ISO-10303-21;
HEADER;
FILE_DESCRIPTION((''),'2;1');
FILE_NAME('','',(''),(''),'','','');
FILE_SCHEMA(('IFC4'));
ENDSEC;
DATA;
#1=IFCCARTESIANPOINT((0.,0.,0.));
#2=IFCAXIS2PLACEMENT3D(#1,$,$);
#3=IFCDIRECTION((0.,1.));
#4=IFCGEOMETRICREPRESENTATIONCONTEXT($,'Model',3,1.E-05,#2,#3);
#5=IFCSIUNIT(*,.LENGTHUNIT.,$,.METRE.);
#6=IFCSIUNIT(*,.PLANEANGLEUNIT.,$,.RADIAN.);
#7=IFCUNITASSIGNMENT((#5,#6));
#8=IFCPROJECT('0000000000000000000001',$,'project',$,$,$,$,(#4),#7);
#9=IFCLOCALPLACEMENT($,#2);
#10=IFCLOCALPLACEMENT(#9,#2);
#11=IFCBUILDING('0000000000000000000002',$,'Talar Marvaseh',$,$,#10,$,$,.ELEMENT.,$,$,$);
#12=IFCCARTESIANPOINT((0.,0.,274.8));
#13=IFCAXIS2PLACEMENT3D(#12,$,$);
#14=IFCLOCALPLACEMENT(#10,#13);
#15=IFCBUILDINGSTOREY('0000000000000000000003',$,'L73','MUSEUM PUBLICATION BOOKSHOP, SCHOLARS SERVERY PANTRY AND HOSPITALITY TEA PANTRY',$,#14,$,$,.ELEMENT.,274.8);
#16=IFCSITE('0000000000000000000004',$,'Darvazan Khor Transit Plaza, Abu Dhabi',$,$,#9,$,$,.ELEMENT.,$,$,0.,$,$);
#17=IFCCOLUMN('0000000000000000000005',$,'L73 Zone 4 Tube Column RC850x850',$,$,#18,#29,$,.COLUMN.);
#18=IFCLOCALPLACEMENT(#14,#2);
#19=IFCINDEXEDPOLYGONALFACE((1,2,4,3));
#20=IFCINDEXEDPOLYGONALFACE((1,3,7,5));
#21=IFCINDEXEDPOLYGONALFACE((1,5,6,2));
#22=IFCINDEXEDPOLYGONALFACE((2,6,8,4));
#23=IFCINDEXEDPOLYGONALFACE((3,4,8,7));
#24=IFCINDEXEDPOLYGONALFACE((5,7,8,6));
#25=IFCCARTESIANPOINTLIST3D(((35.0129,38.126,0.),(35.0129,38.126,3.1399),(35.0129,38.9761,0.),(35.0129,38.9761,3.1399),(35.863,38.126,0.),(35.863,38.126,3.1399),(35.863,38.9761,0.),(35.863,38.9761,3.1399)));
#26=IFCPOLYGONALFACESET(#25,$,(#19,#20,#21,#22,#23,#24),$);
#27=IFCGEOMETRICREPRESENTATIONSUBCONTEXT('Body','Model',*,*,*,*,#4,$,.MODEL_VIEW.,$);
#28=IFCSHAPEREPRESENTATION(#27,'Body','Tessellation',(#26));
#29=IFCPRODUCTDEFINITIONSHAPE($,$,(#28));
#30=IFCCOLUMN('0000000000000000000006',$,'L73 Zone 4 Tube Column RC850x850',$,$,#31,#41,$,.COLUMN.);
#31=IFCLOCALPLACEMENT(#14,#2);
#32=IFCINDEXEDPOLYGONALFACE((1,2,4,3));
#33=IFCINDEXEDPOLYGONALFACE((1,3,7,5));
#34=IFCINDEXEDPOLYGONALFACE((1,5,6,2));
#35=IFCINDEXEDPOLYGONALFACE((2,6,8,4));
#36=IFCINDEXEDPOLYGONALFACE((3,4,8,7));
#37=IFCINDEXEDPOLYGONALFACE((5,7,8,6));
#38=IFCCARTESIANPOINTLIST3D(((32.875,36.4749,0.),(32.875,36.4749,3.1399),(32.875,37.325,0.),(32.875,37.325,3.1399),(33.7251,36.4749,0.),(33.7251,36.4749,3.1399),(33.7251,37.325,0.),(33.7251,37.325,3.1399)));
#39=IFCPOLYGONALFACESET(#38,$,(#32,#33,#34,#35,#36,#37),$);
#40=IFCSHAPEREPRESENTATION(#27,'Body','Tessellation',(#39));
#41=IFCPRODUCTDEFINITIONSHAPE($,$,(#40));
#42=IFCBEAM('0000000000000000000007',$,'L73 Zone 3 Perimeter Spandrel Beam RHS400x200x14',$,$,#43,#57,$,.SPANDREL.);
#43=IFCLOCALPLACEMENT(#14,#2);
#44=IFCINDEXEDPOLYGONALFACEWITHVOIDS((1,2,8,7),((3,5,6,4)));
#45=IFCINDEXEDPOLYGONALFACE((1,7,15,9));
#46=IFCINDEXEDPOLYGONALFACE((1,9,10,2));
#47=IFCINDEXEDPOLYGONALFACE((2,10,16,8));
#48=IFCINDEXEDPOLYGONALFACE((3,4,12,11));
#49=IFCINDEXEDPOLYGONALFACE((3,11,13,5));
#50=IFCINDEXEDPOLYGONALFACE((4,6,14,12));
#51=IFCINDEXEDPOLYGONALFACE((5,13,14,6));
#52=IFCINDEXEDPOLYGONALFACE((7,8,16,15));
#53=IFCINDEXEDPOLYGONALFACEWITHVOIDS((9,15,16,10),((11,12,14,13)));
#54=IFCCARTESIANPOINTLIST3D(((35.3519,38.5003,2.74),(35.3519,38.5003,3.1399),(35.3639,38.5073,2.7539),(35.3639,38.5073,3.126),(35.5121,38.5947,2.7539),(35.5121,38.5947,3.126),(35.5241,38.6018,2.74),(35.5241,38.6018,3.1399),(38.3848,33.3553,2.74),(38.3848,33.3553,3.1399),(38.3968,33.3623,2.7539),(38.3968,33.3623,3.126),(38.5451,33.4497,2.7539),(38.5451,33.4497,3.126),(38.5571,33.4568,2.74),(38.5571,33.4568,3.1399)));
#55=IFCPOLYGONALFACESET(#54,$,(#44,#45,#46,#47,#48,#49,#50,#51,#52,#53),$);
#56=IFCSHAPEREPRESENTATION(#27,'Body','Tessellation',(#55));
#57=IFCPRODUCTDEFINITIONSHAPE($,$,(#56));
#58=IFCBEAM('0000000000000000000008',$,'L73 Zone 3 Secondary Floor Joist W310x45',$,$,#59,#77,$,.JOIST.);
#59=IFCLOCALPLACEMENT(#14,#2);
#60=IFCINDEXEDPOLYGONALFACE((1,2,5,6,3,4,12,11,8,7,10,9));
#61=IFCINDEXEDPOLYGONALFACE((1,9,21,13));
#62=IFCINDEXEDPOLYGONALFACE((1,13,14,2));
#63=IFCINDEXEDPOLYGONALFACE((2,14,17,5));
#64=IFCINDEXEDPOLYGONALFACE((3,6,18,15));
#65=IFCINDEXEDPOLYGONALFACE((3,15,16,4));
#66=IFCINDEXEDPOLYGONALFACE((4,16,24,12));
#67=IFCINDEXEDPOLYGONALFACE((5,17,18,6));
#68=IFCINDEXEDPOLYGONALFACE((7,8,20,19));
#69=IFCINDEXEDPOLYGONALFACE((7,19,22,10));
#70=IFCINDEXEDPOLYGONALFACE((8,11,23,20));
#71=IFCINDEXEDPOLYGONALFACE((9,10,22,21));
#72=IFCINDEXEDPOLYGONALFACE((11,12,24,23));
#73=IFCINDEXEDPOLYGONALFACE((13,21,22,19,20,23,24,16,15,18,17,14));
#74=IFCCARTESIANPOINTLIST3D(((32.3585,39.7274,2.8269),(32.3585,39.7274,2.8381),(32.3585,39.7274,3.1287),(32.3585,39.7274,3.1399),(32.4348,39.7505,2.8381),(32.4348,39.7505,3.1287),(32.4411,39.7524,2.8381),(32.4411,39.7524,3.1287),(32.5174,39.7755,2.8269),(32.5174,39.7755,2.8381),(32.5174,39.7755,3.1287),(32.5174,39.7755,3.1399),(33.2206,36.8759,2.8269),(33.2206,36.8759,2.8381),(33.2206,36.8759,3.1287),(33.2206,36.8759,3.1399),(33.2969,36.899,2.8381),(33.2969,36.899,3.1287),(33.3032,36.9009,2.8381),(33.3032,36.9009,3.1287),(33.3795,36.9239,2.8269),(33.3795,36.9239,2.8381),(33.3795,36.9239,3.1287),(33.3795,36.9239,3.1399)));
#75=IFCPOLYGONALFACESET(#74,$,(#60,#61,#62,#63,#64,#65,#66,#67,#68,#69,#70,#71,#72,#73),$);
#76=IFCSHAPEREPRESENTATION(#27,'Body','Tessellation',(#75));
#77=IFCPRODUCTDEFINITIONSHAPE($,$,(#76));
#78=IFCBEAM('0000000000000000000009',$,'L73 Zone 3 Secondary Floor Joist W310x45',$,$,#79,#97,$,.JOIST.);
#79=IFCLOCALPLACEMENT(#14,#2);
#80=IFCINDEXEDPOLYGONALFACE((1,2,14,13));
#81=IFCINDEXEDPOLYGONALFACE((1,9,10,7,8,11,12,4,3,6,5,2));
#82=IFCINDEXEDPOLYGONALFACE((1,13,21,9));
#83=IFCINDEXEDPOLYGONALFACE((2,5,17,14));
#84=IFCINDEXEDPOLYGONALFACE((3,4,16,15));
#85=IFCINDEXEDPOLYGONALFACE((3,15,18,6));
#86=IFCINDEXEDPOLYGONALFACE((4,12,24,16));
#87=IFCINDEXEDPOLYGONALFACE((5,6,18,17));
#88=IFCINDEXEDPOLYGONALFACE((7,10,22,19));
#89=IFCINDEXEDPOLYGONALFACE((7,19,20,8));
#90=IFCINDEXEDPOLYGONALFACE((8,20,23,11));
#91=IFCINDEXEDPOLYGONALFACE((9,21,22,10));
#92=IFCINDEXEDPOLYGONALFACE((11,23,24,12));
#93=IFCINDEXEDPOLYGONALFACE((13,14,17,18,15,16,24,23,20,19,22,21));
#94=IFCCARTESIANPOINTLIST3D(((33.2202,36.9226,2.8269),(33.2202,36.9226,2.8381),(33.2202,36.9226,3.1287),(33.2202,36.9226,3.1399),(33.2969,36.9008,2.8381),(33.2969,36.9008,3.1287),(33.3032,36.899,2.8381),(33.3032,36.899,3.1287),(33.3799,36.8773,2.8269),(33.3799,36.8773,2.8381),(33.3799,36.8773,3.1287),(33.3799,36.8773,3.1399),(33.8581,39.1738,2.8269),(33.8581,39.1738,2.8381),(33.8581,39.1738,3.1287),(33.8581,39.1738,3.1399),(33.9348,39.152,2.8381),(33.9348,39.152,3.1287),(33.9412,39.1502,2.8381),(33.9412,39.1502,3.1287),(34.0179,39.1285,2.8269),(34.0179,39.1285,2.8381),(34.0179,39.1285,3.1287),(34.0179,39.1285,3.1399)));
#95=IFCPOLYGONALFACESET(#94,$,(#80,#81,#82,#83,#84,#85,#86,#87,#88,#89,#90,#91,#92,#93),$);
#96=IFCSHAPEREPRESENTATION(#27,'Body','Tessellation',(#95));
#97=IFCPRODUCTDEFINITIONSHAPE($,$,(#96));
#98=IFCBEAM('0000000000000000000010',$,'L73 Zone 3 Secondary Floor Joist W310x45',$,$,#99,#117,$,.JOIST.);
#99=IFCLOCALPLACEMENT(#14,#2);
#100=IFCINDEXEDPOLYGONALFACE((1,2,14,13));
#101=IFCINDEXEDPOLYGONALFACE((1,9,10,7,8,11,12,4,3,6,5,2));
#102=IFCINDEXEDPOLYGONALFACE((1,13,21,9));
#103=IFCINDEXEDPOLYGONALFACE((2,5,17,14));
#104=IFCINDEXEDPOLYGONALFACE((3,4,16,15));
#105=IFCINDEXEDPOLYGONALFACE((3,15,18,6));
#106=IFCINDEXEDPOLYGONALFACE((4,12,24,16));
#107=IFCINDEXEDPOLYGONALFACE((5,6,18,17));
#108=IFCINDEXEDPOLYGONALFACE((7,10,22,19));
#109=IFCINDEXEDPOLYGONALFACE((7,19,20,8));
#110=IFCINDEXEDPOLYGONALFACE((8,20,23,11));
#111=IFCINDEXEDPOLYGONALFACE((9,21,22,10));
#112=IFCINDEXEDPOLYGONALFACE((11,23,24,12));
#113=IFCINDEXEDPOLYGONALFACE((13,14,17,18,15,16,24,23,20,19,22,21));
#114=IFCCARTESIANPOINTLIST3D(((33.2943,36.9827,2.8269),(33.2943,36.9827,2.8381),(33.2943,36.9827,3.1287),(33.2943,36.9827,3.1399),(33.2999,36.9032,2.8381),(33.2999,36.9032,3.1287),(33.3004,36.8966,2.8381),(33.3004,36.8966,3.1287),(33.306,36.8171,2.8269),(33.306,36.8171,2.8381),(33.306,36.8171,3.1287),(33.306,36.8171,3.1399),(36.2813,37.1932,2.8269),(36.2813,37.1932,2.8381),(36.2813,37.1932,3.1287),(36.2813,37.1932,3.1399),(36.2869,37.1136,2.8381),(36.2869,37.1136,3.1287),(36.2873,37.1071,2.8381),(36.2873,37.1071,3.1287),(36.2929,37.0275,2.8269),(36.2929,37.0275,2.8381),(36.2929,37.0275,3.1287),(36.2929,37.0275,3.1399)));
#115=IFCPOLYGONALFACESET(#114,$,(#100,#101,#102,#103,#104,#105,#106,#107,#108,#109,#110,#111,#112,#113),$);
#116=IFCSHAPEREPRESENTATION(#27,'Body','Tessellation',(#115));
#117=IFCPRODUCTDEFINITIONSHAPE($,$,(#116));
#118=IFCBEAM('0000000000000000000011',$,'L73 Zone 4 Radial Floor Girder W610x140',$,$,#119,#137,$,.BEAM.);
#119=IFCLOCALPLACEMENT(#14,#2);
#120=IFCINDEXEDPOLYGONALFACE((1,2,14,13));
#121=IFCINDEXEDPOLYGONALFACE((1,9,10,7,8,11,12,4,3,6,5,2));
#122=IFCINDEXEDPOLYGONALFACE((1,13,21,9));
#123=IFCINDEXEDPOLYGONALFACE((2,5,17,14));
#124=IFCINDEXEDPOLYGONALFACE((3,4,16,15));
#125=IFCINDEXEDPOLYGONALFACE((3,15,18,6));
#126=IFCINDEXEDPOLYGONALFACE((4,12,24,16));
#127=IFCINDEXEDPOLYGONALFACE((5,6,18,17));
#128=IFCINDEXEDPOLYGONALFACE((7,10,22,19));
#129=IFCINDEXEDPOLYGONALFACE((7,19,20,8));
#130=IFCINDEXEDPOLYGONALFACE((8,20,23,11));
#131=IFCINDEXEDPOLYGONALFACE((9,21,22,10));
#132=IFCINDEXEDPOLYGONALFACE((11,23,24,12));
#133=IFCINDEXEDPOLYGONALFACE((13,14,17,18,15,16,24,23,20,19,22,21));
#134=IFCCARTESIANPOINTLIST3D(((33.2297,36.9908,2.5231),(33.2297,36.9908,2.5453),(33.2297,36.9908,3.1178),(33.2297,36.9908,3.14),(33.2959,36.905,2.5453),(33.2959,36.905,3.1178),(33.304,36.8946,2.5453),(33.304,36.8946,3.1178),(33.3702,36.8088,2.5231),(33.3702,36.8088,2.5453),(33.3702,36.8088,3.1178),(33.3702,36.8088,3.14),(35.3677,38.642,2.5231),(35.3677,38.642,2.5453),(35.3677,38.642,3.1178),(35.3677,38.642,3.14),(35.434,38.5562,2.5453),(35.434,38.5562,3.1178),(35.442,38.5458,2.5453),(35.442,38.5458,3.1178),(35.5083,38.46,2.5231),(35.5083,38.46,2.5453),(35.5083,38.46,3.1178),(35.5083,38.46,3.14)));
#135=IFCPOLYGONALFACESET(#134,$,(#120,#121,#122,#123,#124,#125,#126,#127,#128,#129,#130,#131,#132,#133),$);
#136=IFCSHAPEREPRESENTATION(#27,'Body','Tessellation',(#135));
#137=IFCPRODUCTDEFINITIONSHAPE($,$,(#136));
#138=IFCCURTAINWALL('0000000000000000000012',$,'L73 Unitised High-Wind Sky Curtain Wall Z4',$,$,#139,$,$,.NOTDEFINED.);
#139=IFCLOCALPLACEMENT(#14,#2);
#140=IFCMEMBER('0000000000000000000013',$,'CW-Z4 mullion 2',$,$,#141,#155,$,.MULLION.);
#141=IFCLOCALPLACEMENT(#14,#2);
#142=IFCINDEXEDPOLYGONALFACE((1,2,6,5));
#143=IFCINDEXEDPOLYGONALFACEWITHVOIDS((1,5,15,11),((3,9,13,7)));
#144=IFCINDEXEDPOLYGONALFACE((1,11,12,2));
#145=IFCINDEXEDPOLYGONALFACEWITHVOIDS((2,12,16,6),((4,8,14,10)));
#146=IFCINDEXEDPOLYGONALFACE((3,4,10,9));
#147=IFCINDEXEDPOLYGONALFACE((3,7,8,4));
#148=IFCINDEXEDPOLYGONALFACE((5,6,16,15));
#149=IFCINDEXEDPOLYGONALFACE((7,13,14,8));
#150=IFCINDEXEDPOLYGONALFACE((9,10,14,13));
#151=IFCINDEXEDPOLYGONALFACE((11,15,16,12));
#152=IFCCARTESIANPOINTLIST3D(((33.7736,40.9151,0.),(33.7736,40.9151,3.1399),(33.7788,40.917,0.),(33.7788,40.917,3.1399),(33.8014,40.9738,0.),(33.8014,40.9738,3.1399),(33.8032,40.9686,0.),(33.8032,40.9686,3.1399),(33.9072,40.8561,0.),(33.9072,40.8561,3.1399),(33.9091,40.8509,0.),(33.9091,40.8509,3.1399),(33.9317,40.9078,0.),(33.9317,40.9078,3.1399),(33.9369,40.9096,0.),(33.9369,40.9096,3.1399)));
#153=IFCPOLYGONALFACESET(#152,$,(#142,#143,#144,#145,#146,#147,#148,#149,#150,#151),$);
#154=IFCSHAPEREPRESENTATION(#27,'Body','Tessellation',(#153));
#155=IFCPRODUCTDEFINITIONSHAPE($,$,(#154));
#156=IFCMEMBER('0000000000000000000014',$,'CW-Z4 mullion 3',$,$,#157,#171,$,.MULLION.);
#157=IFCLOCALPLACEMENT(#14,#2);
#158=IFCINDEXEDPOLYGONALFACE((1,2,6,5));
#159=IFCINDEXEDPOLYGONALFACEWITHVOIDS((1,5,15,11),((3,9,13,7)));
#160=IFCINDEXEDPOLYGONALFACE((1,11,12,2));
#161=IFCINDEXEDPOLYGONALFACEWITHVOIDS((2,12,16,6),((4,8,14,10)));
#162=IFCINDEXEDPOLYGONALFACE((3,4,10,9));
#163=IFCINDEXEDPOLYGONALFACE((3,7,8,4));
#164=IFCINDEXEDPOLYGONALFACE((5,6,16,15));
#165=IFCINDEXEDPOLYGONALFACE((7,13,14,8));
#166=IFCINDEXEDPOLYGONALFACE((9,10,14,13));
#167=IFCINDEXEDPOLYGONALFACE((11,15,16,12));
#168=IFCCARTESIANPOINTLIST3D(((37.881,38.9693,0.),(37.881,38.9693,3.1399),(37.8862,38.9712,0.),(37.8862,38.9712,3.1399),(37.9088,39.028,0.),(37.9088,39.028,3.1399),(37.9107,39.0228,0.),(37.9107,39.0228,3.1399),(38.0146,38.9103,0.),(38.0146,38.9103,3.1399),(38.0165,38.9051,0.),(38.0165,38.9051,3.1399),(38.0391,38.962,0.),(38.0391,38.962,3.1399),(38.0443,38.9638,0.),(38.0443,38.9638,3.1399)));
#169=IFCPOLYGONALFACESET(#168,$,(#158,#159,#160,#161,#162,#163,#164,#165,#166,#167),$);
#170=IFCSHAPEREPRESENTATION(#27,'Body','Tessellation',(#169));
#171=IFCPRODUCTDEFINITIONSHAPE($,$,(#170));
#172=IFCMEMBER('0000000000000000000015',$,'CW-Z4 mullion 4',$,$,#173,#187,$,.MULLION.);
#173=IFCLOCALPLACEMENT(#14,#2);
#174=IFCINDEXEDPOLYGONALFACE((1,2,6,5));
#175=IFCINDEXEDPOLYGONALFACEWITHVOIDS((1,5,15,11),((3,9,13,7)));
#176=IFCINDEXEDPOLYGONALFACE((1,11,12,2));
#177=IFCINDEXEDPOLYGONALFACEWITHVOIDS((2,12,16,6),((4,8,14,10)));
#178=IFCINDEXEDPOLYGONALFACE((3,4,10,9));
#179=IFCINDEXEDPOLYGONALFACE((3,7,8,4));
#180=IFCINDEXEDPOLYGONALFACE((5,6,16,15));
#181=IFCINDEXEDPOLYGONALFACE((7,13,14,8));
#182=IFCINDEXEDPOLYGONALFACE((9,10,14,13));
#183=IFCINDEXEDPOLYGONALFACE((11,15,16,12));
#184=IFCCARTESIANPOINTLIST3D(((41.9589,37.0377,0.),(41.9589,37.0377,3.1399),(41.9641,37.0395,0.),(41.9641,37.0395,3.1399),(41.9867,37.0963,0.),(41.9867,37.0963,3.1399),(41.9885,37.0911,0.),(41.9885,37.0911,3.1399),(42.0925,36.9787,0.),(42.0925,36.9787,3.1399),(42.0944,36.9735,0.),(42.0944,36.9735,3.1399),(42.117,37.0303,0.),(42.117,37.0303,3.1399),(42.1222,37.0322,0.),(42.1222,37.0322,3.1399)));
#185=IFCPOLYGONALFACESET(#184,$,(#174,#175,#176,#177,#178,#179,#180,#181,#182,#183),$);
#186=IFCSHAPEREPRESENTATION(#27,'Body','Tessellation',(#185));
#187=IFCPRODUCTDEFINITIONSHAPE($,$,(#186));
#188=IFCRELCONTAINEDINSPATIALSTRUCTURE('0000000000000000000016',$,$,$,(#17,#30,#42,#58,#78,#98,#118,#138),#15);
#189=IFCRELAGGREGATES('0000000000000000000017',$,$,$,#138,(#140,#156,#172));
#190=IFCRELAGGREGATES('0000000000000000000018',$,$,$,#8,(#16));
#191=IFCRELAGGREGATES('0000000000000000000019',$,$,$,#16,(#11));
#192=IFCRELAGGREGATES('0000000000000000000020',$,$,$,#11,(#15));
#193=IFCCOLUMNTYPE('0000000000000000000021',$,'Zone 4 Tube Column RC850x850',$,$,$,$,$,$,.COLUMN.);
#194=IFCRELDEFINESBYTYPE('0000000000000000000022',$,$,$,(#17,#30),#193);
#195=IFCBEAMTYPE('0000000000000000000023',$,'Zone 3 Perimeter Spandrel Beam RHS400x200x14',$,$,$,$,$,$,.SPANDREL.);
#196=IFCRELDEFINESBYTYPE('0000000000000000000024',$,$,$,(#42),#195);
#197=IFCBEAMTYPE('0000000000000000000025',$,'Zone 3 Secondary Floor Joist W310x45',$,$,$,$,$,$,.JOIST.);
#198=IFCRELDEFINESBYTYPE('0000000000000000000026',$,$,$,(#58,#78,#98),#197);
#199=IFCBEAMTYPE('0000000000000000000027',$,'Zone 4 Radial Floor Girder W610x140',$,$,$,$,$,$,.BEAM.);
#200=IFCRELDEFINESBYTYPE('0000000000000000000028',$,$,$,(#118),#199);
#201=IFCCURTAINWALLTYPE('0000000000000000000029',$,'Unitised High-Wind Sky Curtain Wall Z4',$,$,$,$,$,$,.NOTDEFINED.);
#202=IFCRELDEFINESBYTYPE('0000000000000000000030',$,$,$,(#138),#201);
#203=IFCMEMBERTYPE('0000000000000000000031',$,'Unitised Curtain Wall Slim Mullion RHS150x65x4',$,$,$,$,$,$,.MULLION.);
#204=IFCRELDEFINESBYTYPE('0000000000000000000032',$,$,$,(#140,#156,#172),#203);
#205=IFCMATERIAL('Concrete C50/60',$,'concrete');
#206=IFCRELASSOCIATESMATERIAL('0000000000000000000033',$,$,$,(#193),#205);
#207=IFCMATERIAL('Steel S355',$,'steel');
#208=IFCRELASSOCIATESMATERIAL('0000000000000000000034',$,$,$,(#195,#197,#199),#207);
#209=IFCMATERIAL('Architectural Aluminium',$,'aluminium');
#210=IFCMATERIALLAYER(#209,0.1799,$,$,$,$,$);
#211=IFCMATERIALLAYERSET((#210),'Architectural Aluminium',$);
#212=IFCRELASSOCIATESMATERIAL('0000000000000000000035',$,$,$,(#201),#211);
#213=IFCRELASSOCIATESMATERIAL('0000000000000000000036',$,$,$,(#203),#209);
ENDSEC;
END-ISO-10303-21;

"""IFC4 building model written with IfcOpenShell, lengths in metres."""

from ifc_helpers import new_model, si_unit, direction, frame, origin, origin_2d, place, context, subcontext, project, spatial, rectangle, hollow_rectangle, i_section, extrude, source, transform, mapped, material, layer, layer_set, material_profile, profile_set, type_object, type_shapes, element, aggregate, save


model = new_model("IFC4")

# Units and contexts
model_context = context("Model", 3, precision=1e-05, world=origin(), true_north=direction((0.0, 1.0)))
body_context = subcontext(model_context, "Body", "Model", "MODEL_VIEW")
ifc_project = project(units=[si_unit("LENGTHUNIT", "METRE"), si_unit("PLANEANGLEUNIT", "RADIAN")], contexts=[model_context])

# Site, building, storey
site_placement = place(None, origin())
site = spatial("IfcSite", under=ifc_project, at=site_placement, Name="Darvazan Khor Transit Plaza, Abu Dhabi", CompositionType="ELEMENT", RefElevation=0.0)
building_placement = place(site_placement, origin())
building = spatial("IfcBuilding", under=site, at=building_placement, Name="Talar Marvaseh", CompositionType="ELEMENT")
storey_placement = place(building_placement, frame((0.0, 0.0, 274.8)))
storey = spatial("IfcBuildingStorey", under=building, at=storey_placement, Name="L73", Description="MUSEUM PUBLICATION BOOKSHOP, SCHOLARS SERVERY PANTRY AND HOSPITALITY TEA PANTRY", CompositionType="ELEMENT", Elevation=274.8)

# Columns
ifc_material_1 = material(Name="Concrete C50/60", Category="concrete")
ifc_material_profile_1 = material_profile(ifc_material_1, rectangle(XDim=0.8501, YDim=0.8501, at=origin_2d()), Name="RC850x850")
ifc_profile_set_1 = profile_set([ifc_material_profile_1], Name="Concrete C50/60")
column_type = type_object("IfcColumnType", Name="Zone 4 Tube Column RC850x850", PredefinedType="COLUMN", material=ifc_profile_set_1)
for number, where, z_axis, x_axis, name in (
    (1, (35.438, 38.551, 0.0), (0.0, 0.0, 1.0), (1.0, 0.0, 0.0), "L73 Zone 4 Tube Column RC850x850"),
    (2, (33.3, 36.8999, 0.0), (0.0, 0.0, 1.0), (1.0, 0.0, 0.0), "L73 Zone 4 Tube Column RC850x850"),
):
    element("IfcColumn", number, at=place(storey_placement, frame(where, z_axis=z_axis, x_axis=x_axis)), inside=storey, type_object=column_type, Name=name, PredefinedType="COLUMN", context=body_context, shape_type="SweptSolid", body=[
        extrude(rectangle(XDim=0.8501, YDim=0.8501, at=origin_2d()), origin(), (0.0, 0.0, 1.0), 3.1399),
    ])

# Beams
ifc_material_2 = material(Name="Steel S355", Category="steel")
ifc_material_profile_2 = material_profile(ifc_material_2, hollow_rectangle(XDim=0.2, YDim=0.3999, WallThickness=0.0139, at=origin_2d()), Name="RHS400x200x14")
ifc_profile_set_2 = profile_set([ifc_material_profile_2], Name="Steel S355")
beam_type_1 = type_object("IfcBeamType", Name="Zone 3 Perimeter Spandrel Beam RHS400x200x14", PredefinedType="SPANDREL", material=ifc_profile_set_2)
beam_1_placement = place(storey_placement, frame((35.438, 38.551, 2.9399), z_axis=(0.507826, -0.86146, 0.0), x_axis=(0.86146, 0.507826, 0.0)))
element("IfcBeam", 3, at=beam_1_placement, inside=storey, type_object=beam_type_1, Name="L73 Zone 3 Perimeter Spandrel Beam RHS400x200x14", PredefinedType="SPANDREL", context=body_context, shape_type="SweptSolid", body=[
    extrude(hollow_rectangle(XDim=0.2, YDim=0.3999, WallThickness=0.0139, at=origin_2d()), origin(), (0.0, 0.0, 1.0), 5.9724),
])
ifc_material_profile_3 = material_profile(ifc_material_2, i_section(OverallWidth=0.166, OverallDepth=0.313, WebThickness=0.0066, FlangeThickness=0.0112, at=origin_2d()), Name="W310x45")
ifc_profile_set_3 = profile_set([ifc_material_profile_3], Name="Steel S355")
beam_type_2 = type_object("IfcBeamType", Name="Zone 3 Secondary Floor Joist W310x45", PredefinedType="JOIST", material=ifc_profile_set_3)
beam_2_placement = place(storey_placement, frame((32.438, 39.7515, 2.9834), z_axis=(0.289377, -0.957215, 0.0), x_axis=(0.957215, 0.289377, 0.0)))
element("IfcBeam", 4, at=beam_2_placement, inside=storey, type_object=beam_type_2, Name="L73 Zone 3 Secondary Floor Joist W310x45", PredefinedType="JOIST", context=body_context, shape_type="SweptSolid", body=[
    extrude(i_section(OverallWidth=0.166, OverallDepth=0.313, WebThickness=0.0066, FlangeThickness=0.0112, at=origin_2d()), origin(), (0.0, 0.0, 1.0), 2.979),
])
beam_3_placement = place(storey_placement, frame((33.938, 39.1511, 2.9834), z_axis=(-0.27264, -0.962116, 0.0), x_axis=(0.962116, -0.27264, 0.0)))
element("IfcBeam", 5, at=beam_3_placement, inside=storey, type_object=beam_type_2, Name="L73 Zone 3 Secondary Floor Joist W310x45", PredefinedType="JOIST", context=body_context, shape_type="SweptSolid", body=[
    extrude(i_section(OverallWidth=0.166, OverallDepth=0.313, WebThickness=0.0066, FlangeThickness=0.0112, at=origin_2d()), origin(), (0.0, 0.0, 1.0), 2.3398),
])
beam_4_placement = place(storey_placement, frame((36.2871, 37.1104, 2.9834), z_axis=(-0.997527, -0.070279, 0.0), x_axis=(0.070279, -0.997527, 0.0)))
element("IfcBeam", 6, at=beam_4_placement, inside=storey, type_object=beam_type_2, Name="L73 Zone 3 Secondary Floor Joist W310x45", PredefinedType="JOIST", context=body_context, shape_type="SweptSolid", body=[
    extrude(i_section(OverallWidth=0.166, OverallDepth=0.313, WebThickness=0.0066, FlangeThickness=0.0112, at=origin_2d()), origin(), (0.0, 0.0, 1.0), 2.9944),
])
ifc_material_profile_4 = material_profile(ifc_material_2, i_section(OverallWidth=0.23, OverallDepth=0.6169, WebThickness=0.0132, FlangeThickness=0.0222, at=origin_2d()), Name="W610x140")
ifc_profile_set_4 = profile_set([ifc_material_profile_4], Name="Steel S355")
beam_type_3 = type_object("IfcBeamType", Name="Zone 4 Radial Floor Girder W610x140", PredefinedType="BEAM", material=ifc_profile_set_4)
beam_5_placement = place(storey_placement, frame((35.438, 38.551, 2.8315), z_axis=(-0.79145, -0.611234, 0.0), x_axis=(0.611234, -0.79145, 0.0)))
element("IfcBeam", 7, at=beam_5_placement, inside=storey, type_object=beam_type_3, Name="L73 Zone 4 Radial Floor Girder W610x140", PredefinedType="BEAM", context=body_context, shape_type="SweptSolid", body=[
    extrude(i_section(OverallWidth=0.23, OverallDepth=0.6169, WebThickness=0.0132, FlangeThickness=0.0222, at=origin_2d()), origin(), (0.0, 0.0, 1.0), 2.7014),
])

# Curtain wall, members
ifc_material_3 = material(Name="Architectural Aluminium", Category="aluminium")
ifc_layer_1 = layer(ifc_material_3, 0.1799)
ifc_layer_set_1 = layer_set([ifc_layer_1], Name="Architectural Aluminium")
curtain_wall_type = type_object("IfcCurtainWallType", Name="Unitised High-Wind Sky Curtain Wall Z4", PredefinedType="NOTDEFINED", material=ifc_layer_set_1)
curtain_wall_placement = place(storey_placement, origin())
curtain_wall = element("IfcCurtainWall", 8, at=curtain_wall_placement, inside=storey, type_object=curtain_wall_type, Name="L73 Unitised High-Wind Sky Curtain Wall Z4", PredefinedType="NOTDEFINED")
ifc_material_profile_5 = material_profile(ifc_material_3, hollow_rectangle(XDim=0.0649, YDim=0.1499, WallThickness=0.0039, at=origin_2d()), Name="RHS150x65x4")
ifc_profile_set_5 = profile_set([ifc_material_profile_5], Name="Architectural Aluminium")
member_type_1 = type_object("IfcMemberType", Name="Unitised Curtain Wall Slim Mullion RHS150x65x4", PredefinedType="MULLION", material=ifc_profile_set_5)
shared_shape_1 = source(origin(), body_context, "Body", "SweptSolid", [
    extrude(hollow_rectangle(XDim=0.0649, YDim=0.1499, WallThickness=0.0039, at=origin_2d()), origin(), (0.0, 0.0, 1.0), 3.1399),
])
type_shapes(member_type_1, [shared_shape_1])
member_1_placement = place(storey_placement, frame((33.8552, 40.9124, 0.0), z_axis=(0.0, 0.0, 1.0), x_axis=(0.42809, 0.903736, 0.0)))
member_1 = element("IfcMember", 9, at=member_1_placement, type_object=member_type_1, Name="CW-Z4 mullion 2", PredefinedType="MULLION", context=body_context, shape_type="MappedRepresentation", body=[
    mapped(shared_shape_1, transform((0.0, 0.0, 0.0), x_axis=(1.0, 0.0, 0.0), y_axis=(0.0, 1.0, 0.0), z_axis=(0.0, 0.0, 1.0), scale=1.0)),
])
member_2_placement = place(storey_placement, frame((37.9626, 38.9666, 0.0), z_axis=(0.0, 0.0, 1.0), x_axis=(0.42809, 0.903736, 0.0)))
member_2 = element("IfcMember", 10, at=member_2_placement, type_object=member_type_1, Name="CW-Z4 mullion 3", PredefinedType="MULLION", context=body_context, shape_type="MappedRepresentation", body=[
    mapped(shared_shape_1, transform((0.0, 0.0, 0.0), x_axis=(1.0, 0.0, 0.0), y_axis=(0.0, 1.0, 0.0), z_axis=(0.0, 0.0, 1.0), scale=1.0)),
])
member_3_placement = place(storey_placement, frame((42.0405, 37.0349, 0.0), z_axis=(0.0, 0.0, 1.0), x_axis=(0.42809, 0.903736, 0.0)))
member_3 = element("IfcMember", 11, at=member_3_placement, type_object=member_type_1, Name="CW-Z4 mullion 4", PredefinedType="MULLION", context=body_context, shape_type="MappedRepresentation", body=[
    mapped(shared_shape_1, transform((0.0, 0.0, 0.0), x_axis=(1.0, 0.0, 0.0), y_axis=(0.0, 1.0, 0.0), z_axis=(0.0, 0.0, 1.0), scale=1.0)),
])
aggregate(curtain_wall, [member_1, member_2, member_3])

save(model, "model.ifc")
